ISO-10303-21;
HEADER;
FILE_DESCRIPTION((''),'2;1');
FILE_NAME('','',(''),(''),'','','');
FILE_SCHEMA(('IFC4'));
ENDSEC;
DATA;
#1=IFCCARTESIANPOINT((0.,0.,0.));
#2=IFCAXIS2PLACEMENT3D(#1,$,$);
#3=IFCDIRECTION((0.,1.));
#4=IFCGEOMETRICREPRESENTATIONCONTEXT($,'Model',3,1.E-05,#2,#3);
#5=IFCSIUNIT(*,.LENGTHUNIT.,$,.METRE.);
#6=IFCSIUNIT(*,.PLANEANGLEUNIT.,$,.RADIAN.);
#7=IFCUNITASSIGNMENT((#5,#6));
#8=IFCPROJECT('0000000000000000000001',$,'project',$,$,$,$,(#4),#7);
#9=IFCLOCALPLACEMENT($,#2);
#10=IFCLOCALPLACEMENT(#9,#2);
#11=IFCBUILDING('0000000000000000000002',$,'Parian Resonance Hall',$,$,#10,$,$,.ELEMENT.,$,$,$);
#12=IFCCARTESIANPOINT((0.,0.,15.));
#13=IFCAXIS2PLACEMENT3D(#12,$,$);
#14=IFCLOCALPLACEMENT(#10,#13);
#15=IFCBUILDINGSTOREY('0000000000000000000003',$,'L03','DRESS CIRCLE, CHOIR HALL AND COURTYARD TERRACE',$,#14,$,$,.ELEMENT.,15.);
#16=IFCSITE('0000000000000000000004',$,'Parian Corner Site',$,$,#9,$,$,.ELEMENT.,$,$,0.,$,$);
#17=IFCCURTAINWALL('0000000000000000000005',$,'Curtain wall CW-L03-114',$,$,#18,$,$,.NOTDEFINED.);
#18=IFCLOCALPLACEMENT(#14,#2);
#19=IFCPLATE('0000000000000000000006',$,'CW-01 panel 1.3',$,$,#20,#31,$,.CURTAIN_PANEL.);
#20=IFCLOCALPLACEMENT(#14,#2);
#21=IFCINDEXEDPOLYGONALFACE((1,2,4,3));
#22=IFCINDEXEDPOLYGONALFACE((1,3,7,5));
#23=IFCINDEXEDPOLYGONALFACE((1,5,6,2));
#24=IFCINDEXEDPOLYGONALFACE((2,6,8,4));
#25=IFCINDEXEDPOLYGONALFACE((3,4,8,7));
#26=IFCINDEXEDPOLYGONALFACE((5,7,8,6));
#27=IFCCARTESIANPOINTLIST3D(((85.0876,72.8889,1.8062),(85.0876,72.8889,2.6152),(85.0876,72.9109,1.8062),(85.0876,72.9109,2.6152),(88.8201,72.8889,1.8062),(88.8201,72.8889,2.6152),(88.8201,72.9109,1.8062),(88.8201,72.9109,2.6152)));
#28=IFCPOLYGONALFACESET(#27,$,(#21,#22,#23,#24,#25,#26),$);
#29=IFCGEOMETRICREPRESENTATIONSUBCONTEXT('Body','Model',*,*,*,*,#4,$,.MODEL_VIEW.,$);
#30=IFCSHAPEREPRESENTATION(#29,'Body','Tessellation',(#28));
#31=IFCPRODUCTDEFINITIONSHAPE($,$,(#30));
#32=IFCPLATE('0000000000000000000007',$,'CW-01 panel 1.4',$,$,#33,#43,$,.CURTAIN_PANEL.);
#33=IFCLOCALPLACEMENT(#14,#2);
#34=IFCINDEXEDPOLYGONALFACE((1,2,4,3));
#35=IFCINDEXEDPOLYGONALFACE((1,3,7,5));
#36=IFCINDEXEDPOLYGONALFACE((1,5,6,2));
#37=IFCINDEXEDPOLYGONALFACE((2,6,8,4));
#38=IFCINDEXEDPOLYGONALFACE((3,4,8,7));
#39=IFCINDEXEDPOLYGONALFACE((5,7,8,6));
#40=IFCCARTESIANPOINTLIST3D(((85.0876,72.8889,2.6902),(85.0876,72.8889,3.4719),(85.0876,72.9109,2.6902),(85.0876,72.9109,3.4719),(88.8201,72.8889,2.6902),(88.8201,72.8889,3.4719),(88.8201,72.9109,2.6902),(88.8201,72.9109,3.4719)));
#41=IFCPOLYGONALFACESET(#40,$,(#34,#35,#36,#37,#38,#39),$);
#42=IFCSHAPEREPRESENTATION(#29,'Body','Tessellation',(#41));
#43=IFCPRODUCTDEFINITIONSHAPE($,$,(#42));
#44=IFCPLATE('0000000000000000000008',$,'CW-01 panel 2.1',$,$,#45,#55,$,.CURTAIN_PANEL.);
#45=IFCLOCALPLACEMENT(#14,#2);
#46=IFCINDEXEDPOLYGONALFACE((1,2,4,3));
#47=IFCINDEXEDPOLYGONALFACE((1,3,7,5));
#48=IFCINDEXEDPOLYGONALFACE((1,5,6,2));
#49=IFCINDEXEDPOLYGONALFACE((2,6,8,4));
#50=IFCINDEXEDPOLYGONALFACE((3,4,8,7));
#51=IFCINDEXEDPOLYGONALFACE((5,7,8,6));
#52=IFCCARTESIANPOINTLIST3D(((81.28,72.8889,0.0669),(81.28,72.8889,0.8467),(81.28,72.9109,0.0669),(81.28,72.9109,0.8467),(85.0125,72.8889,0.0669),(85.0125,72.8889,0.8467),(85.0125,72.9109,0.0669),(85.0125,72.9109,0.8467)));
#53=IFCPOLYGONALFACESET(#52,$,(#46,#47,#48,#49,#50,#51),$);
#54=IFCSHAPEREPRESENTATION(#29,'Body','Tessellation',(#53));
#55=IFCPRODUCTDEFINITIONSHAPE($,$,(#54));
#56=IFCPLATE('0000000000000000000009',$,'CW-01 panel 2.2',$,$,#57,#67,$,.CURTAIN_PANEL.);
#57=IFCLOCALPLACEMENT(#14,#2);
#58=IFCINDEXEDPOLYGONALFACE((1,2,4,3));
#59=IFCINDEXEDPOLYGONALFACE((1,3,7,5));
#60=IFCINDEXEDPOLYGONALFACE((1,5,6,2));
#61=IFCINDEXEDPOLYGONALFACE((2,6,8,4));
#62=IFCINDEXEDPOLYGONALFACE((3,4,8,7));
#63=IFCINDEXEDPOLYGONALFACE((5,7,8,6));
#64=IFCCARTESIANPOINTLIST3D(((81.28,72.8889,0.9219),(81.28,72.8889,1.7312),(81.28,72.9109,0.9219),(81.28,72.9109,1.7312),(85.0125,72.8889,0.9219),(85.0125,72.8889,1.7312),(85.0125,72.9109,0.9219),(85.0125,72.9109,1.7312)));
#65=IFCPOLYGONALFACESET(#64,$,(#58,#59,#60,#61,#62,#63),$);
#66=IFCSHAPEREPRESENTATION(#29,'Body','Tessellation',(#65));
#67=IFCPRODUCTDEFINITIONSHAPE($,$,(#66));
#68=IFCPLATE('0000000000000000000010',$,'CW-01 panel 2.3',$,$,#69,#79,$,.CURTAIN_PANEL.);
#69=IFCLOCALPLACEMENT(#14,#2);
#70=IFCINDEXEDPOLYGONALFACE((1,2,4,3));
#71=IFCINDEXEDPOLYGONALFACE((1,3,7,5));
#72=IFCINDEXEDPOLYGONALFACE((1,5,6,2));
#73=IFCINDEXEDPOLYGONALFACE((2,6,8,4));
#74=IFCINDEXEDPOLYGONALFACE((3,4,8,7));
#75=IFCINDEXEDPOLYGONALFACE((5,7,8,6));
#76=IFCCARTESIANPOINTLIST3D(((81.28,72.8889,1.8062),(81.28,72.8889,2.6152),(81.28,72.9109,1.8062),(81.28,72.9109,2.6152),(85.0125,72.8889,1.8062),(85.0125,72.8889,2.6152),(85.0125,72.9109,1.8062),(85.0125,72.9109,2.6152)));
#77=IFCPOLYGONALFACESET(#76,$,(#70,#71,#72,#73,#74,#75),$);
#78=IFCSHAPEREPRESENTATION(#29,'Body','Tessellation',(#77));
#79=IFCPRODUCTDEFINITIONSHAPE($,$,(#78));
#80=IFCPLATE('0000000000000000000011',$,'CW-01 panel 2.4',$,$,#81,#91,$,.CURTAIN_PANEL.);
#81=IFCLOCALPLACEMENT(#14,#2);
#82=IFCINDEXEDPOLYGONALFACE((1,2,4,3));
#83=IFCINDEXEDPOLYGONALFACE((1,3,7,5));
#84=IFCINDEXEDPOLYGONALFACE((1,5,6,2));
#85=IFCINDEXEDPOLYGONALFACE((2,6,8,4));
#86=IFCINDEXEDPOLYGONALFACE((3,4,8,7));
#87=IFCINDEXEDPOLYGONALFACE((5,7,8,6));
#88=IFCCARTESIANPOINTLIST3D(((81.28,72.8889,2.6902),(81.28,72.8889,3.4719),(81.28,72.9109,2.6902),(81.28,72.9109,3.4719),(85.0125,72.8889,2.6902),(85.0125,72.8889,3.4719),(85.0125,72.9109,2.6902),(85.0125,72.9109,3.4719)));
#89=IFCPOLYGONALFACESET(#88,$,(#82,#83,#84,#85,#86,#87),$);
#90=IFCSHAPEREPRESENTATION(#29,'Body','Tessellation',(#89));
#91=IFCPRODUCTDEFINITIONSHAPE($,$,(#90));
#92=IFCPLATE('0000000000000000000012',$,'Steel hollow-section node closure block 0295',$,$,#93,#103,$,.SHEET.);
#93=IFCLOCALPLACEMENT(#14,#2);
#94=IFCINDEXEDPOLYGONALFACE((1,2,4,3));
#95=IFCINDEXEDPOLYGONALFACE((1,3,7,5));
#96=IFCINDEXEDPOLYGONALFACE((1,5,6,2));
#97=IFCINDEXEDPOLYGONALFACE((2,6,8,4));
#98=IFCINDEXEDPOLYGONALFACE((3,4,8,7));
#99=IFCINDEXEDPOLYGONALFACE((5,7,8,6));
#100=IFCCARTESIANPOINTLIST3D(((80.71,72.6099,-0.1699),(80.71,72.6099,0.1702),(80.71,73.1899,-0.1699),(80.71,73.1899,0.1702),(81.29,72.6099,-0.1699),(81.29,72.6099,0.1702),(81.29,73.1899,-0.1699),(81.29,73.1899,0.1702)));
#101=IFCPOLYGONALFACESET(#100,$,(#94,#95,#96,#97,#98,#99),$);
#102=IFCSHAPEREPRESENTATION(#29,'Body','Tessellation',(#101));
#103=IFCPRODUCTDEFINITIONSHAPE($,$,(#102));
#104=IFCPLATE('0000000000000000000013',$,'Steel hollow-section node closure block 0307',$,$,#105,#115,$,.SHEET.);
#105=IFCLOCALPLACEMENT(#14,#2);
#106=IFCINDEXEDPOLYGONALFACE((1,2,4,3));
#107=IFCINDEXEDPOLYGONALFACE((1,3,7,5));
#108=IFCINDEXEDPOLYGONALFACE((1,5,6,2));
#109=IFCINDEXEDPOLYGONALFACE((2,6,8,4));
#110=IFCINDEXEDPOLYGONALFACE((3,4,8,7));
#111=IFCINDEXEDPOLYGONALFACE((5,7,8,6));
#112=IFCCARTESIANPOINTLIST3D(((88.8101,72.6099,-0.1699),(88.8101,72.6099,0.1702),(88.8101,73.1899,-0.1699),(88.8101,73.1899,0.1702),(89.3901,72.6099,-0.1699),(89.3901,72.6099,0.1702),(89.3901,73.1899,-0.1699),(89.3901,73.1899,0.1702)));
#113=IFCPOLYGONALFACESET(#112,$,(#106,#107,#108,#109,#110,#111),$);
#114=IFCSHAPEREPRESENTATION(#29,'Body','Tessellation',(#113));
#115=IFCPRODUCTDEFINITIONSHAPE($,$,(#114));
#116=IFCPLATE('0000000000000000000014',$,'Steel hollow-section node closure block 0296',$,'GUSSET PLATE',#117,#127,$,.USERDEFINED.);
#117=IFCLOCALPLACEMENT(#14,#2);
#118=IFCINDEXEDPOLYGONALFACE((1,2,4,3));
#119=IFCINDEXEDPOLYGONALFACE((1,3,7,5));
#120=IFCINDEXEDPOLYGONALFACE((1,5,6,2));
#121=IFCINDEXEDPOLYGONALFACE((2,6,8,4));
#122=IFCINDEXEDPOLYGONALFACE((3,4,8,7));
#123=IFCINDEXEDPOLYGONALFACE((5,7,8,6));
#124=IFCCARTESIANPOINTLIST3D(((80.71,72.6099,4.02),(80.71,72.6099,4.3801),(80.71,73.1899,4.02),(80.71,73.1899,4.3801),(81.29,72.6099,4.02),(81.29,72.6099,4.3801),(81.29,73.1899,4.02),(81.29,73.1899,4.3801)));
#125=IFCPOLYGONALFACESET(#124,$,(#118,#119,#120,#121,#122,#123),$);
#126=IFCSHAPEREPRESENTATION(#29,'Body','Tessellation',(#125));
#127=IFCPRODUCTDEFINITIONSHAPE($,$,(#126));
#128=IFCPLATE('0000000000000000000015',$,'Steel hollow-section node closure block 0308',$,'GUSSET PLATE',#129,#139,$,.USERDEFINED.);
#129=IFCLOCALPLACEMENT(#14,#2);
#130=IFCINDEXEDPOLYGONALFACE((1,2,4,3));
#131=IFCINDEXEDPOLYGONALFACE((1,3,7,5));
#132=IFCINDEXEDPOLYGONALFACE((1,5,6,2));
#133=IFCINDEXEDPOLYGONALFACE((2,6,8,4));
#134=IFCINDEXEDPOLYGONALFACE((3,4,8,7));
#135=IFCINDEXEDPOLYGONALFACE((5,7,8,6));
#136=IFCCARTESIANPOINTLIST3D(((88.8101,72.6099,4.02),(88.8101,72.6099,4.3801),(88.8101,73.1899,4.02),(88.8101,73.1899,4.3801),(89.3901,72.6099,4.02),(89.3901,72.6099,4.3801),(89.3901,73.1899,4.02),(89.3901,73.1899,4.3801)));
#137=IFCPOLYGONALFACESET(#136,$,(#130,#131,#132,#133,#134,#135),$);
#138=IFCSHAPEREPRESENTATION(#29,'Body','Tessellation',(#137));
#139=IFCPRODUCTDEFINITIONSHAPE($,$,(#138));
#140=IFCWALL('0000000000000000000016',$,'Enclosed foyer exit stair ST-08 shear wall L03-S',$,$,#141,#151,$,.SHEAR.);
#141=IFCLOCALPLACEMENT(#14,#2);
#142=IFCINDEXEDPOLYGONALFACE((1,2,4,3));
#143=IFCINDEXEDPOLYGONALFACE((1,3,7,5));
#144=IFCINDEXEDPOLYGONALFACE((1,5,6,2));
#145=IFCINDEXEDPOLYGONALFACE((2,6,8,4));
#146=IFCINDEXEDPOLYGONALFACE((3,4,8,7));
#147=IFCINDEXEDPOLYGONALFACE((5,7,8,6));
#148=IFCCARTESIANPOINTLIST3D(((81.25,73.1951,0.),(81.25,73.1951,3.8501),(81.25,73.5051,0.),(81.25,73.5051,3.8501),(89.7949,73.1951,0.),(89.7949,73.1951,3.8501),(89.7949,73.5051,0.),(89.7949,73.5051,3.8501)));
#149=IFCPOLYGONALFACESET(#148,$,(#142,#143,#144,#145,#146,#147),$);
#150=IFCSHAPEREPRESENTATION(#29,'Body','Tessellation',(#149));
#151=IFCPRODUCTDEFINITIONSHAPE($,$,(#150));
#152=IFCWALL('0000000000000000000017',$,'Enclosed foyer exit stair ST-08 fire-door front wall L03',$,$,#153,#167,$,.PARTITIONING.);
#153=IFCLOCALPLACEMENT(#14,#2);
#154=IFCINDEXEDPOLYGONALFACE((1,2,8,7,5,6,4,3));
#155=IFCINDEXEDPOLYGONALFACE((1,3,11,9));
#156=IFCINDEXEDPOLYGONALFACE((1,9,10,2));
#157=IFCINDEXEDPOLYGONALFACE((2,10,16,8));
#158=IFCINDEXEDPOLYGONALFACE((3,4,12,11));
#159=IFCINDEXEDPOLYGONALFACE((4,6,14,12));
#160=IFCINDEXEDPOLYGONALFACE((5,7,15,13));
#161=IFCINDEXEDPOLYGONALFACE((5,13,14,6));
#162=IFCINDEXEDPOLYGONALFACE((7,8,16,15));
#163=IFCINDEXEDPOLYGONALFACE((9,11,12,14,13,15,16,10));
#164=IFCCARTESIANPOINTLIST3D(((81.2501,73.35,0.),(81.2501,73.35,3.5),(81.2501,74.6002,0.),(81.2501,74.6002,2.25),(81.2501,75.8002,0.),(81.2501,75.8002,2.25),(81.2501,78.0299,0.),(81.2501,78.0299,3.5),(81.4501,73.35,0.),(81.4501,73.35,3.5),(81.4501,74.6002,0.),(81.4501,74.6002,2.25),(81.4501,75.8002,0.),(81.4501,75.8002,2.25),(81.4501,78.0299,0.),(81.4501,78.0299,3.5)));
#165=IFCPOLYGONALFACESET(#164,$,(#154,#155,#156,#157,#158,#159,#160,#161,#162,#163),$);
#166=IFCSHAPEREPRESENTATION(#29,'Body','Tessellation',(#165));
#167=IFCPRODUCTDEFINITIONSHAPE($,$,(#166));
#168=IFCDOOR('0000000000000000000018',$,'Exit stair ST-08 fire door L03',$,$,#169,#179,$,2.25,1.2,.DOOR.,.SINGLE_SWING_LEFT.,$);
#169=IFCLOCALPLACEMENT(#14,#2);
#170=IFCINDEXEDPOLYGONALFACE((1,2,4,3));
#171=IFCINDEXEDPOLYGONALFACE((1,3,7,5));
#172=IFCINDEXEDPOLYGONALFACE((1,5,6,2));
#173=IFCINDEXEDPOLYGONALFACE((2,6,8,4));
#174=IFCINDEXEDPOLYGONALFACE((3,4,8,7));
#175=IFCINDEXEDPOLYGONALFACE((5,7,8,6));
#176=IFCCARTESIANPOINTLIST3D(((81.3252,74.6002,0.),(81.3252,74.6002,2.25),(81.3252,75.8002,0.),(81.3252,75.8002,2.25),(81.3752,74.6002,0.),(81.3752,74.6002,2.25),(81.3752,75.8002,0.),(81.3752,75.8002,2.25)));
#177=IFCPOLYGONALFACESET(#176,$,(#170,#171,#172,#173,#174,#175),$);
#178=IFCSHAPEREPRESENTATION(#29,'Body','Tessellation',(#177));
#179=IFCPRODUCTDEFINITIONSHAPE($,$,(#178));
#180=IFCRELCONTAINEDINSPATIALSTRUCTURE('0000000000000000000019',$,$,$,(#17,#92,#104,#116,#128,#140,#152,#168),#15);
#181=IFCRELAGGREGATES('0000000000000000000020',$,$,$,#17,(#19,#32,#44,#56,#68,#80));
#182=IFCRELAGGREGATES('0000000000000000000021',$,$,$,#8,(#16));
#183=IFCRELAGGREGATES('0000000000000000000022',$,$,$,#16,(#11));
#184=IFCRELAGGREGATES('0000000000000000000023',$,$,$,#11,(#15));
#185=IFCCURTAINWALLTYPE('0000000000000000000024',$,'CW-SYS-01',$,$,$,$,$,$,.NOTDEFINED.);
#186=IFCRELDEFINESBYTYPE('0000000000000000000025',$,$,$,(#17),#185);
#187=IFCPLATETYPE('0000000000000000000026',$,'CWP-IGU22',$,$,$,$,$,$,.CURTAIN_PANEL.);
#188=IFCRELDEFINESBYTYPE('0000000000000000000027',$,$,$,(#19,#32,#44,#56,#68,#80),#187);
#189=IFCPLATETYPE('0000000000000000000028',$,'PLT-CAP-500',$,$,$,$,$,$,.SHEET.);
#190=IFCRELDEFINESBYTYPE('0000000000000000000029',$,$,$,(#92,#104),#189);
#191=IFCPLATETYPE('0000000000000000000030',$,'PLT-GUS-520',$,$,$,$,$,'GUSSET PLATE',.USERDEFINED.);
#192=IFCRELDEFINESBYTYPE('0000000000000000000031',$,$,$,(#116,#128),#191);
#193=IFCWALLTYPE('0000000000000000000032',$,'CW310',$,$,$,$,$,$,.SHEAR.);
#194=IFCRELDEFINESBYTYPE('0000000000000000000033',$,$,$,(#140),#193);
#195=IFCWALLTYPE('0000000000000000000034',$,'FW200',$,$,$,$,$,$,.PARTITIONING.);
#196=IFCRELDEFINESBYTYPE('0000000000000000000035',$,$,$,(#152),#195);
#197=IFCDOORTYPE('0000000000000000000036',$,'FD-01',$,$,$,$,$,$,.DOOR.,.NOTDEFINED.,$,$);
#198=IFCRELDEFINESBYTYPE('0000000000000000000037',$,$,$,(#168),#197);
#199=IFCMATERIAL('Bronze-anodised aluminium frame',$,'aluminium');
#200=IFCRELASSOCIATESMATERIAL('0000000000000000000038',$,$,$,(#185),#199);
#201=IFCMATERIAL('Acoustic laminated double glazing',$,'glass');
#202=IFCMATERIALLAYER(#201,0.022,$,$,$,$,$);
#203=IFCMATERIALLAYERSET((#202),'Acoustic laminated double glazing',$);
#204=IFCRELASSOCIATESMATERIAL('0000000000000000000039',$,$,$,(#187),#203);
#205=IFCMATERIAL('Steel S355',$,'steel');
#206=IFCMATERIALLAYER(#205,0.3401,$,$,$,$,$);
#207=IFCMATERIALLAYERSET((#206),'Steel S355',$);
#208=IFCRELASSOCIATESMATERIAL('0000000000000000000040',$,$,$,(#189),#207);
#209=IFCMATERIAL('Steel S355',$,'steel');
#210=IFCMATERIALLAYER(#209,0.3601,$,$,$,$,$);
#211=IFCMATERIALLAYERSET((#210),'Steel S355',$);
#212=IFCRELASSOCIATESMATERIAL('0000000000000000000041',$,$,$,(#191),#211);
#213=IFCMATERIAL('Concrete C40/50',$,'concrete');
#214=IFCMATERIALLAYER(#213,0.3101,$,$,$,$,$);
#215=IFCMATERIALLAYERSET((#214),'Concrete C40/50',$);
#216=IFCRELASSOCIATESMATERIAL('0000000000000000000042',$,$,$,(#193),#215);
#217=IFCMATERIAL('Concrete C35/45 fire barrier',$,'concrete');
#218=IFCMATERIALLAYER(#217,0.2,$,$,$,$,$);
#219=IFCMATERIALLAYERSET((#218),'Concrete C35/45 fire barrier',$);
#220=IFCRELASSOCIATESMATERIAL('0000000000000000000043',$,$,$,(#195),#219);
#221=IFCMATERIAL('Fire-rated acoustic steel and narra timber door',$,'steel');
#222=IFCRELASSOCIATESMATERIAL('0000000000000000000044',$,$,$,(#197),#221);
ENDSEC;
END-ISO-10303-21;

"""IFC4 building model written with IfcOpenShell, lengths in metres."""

from ifc_helpers import new_model, si_unit, direction, frame, frame_2d, origin, origin_2d, place, context, subcontext, project, spatial, rectangle, extrude, material, layer, layer_set, type_object, element, fill, aggregate, save


model = new_model("IFC4")

# Units and contexts
model_context = context("Model", 3, precision=1e-05, world=origin(), true_north=direction((0.0, 1.0)))
body_context = subcontext(model_context, "Body", "Model", "MODEL_VIEW")
ifc_project = project(units=[si_unit("LENGTHUNIT", "METRE"), si_unit("PLANEANGLEUNIT", "RADIAN")], contexts=[model_context])

# Site, building, storey
site_placement = place(None, origin())
site = spatial("IfcSite", under=ifc_project, at=site_placement, Name="Parian Corner Site", CompositionType="ELEMENT", RefElevation=0.0)
building_placement = place(site_placement, origin())
building = spatial("IfcBuilding", under=site, at=building_placement, Name="Parian Resonance Hall", CompositionType="ELEMENT")
storey_placement = place(building_placement, frame((0.0, 0.0, 15.0)))
storey = spatial("IfcBuildingStorey", under=building, at=storey_placement, Name="L03", Description="DRESS CIRCLE, CHOIR HALL AND COURTYARD TERRACE", CompositionType="ELEMENT", Elevation=15.0)

# Curtain wall
ifc_material_1 = material(Name="Bronze-anodised aluminium frame", Category="aluminium")
curtain_wall_type_1 = type_object("IfcCurtainWallType", Name="CW-SYS-01", PredefinedType="NOTDEFINED", material=ifc_material_1)
curtain_wall_1_placement = place(storey_placement, origin())
curtain_wall_1 = element("IfcCurtainWall", 1, at=curtain_wall_1_placement, inside=storey, type_object=curtain_wall_type_1, Name="Curtain wall CW-L03-114", PredefinedType="NOTDEFINED")

# Plates
ifc_material_2 = material(Name="Acoustic laminated double glazing", Category="glass")
ifc_layer_1 = layer(ifc_material_2, 0.022)
ifc_layer_set_1 = layer_set([ifc_layer_1], Name="Acoustic laminated double glazing")
plate_type_1 = type_object("IfcPlateType", Name="CWP-IGU22", PredefinedType="CURTAIN_PANEL", material=ifc_layer_set_1)
plate_1_placement = place(storey_placement, frame((86.9539, 72.8999, 1.8062), z_axis=(0.0, 0.0, 1.0), x_axis=(-1.0, 0.0, 0.0)))
plate_1 = element("IfcPlate", 2, at=plate_1_placement, type_object=plate_type_1, Name="CW-01 panel 1.3", PredefinedType="CURTAIN_PANEL", context=body_context, shape_type="SweptSolid", body=[
    extrude(rectangle(XDim=3.7324, YDim=0.022, at=origin_2d()), origin(), (0.0, 0.0, 1.0), 0.8091),
])
plate_2_placement = place(storey_placement, frame((86.9539, 72.8999, 2.6902), z_axis=(0.0, 0.0, 1.0), x_axis=(-1.0, 0.0, 0.0)))
plate_2 = element("IfcPlate", 3, at=plate_2_placement, type_object=plate_type_1, Name="CW-01 panel 1.4", PredefinedType="CURTAIN_PANEL", context=body_context, shape_type="SweptSolid", body=[
    extrude(rectangle(XDim=3.7324, YDim=0.022, at=origin_2d()), origin(), (0.0, 0.0, 1.0), 0.7817),
])
plate_3_placement = place(storey_placement, frame((83.1462, 72.8999, 0.0669), z_axis=(0.0, 0.0, 1.0), x_axis=(-1.0, 0.0, 0.0)))
plate_3 = element("IfcPlate", 4, at=plate_3_placement, type_object=plate_type_1, Name="CW-01 panel 2.1", PredefinedType="CURTAIN_PANEL", context=body_context, shape_type="SweptSolid", body=[
    extrude(rectangle(XDim=3.7324, YDim=0.022, at=origin_2d()), origin(), (0.0, 0.0, 1.0), 0.7798),
])
plate_4_placement = place(storey_placement, frame((83.1462, 72.8999, 0.9219), z_axis=(0.0, 0.0, 1.0), x_axis=(-1.0, 0.0, 0.0)))
plate_4 = element("IfcPlate", 5, at=plate_4_placement, type_object=plate_type_1, Name="CW-01 panel 2.2", PredefinedType="CURTAIN_PANEL", context=body_context, shape_type="SweptSolid", body=[
    extrude(rectangle(XDim=3.7324, YDim=0.022, at=origin_2d()), origin(), (0.0, 0.0, 1.0), 0.8093),
])
plate_5_placement = place(storey_placement, frame((83.1462, 72.8999, 1.8062), z_axis=(0.0, 0.0, 1.0), x_axis=(-1.0, 0.0, 0.0)))
plate_5 = element("IfcPlate", 6, at=plate_5_placement, type_object=plate_type_1, Name="CW-01 panel 2.3", PredefinedType="CURTAIN_PANEL", context=body_context, shape_type="SweptSolid", body=[
    extrude(rectangle(XDim=3.7324, YDim=0.022, at=origin_2d()), origin(), (0.0, 0.0, 1.0), 0.8091),
])
plate_6_placement = place(storey_placement, frame((83.1462, 72.8999, 2.6902), z_axis=(0.0, 0.0, 1.0), x_axis=(-1.0, 0.0, 0.0)))
plate_6 = element("IfcPlate", 7, at=plate_6_placement, type_object=plate_type_1, Name="CW-01 panel 2.4", PredefinedType="CURTAIN_PANEL", context=body_context, shape_type="SweptSolid", body=[
    extrude(rectangle(XDim=3.7324, YDim=0.022, at=origin_2d()), origin(), (0.0, 0.0, 1.0), 0.7817),
])
aggregate(curtain_wall_1, [plate_1, plate_2, plate_3, plate_4, plate_5, plate_6])

# Plates
ifc_material_3 = material(Name="Steel S355", Category="steel")
ifc_layer_2 = layer(ifc_material_3, 0.3401)
ifc_layer_set_2 = layer_set([ifc_layer_2], Name="Steel S355")
plate_type_2 = type_object("IfcPlateType", Name="PLT-CAP-500", PredefinedType="SHEET", material=ifc_layer_set_2)
for number, where, z_axis, x_axis, name in (
    (8, (81.0, 72.8999, -0.1699), (0.0, 0.0, 1.0), (1.0, 0.0, 0.0), "Steel hollow-section node closure block 0295"),
    (9, (89.1001, 72.8999, -0.1699), (0.0, 0.0, 1.0), (1.0, 0.0, 0.0), "Steel hollow-section node closure block 0307"),
):
    element("IfcPlate", number, at=place(storey_placement, frame(where, z_axis=z_axis, x_axis=x_axis)), inside=storey, type_object=plate_type_2, Name=name, PredefinedType="SHEET", context=body_context, shape_type="SweptSolid", body=[
        extrude(rectangle(XDim=0.5801, YDim=0.5801, at=origin_2d()), origin(), (0.0, 0.0, 1.0), 0.3401),
    ])
ifc_material_4 = material(Name="Steel S355", Category="steel")
ifc_layer_3 = layer(ifc_material_4, 0.3601)
ifc_layer_set_3 = layer_set([ifc_layer_3], Name="Steel S355")
plate_type_3 = type_object("IfcPlateType", Name="PLT-GUS-520", ElementType="GUSSET PLATE", PredefinedType="USERDEFINED", material=ifc_layer_set_3)
for number, where, z_axis, x_axis, name in (
    (10, (81.0, 72.8999, 4.02), (0.0, 0.0, 1.0), (1.0, 0.0, 0.0), "Steel hollow-section node closure block 0296"),
    (11, (89.1001, 72.8999, 4.02), (0.0, 0.0, 1.0), (1.0, 0.0, 0.0), "Steel hollow-section node closure block 0308"),
):
    element("IfcPlate", number, at=place(storey_placement, frame(where, z_axis=z_axis, x_axis=x_axis)), inside=storey, type_object=plate_type_3, Name=name, ObjectType="GUSSET PLATE", PredefinedType="USERDEFINED", context=body_context, shape_type="SweptSolid", body=[
        extrude(rectangle(XDim=0.5801, YDim=0.5801, at=origin_2d()), origin(), (0.0, 0.0, 1.0), 0.3601),
    ])

# Wall
ifc_material_5 = material(Name="Concrete C40/50", Category="concrete")
ifc_layer_4 = layer(ifc_material_5, 0.3101)
ifc_layer_set_4 = layer_set([ifc_layer_4], Name="Concrete C40/50")
wall_type_1 = type_object("IfcWallType", Name="CW310", PredefinedType="SHEAR", material=ifc_layer_set_4)
wall_1_placement = place(storey_placement, frame((81.25, 73.3501, 0.0), z_axis=(0.0, 0.0, 1.0), x_axis=(1.0, 0.0, 0.0)))
element("IfcWall", 12, at=wall_1_placement, inside=storey, type_object=wall_type_1, Name="Enclosed foyer exit stair ST-08 shear wall L03-S", PredefinedType="SHEAR", context=body_context, shape_type="SweptSolid", body=[
    extrude(rectangle(XDim=8.5449, YDim=0.3101, at=frame_2d((4.2725, 0.0))), origin(), (0.0, 0.0, 1.0), 3.8501),
])

# Wall, opening, door
ifc_material_6 = material(Name="Concrete C35/45 fire barrier", Category="concrete")
ifc_layer_5 = layer(ifc_material_6, 0.2)
ifc_layer_set_5 = layer_set([ifc_layer_5], Name="Concrete C35/45 fire barrier")
wall_type_2 = type_object("IfcWallType", Name="FW200", PredefinedType="PARTITIONING", material=ifc_layer_set_5)
wall_2_placement = place(storey_placement, frame((81.3501, 73.3501, 0.0), z_axis=(0.0, 0.0, 1.0), x_axis=(0.0, 1.0, 0.0)))
wall_2 = element("IfcWall", 13, at=wall_2_placement, inside=storey, type_object=wall_type_2, Name="Enclosed foyer exit stair ST-08 fire-door front wall L03", PredefinedType="PARTITIONING", context=body_context, shape_type="SweptSolid", body=[
    extrude(rectangle(XDim=4.6799, YDim=0.2, at=frame_2d((2.3398, 0.0))), origin(), (0.0, 0.0, 1.0), 3.5),
])
opening_placement = place(wall_2_placement, frame((1.25, 0.0, 0.0)))
opening = element("IfcOpeningElement", 14, at=opening_placement, cuts=wall_2, PredefinedType="OPENING", context=body_context, shape_type="SweptSolid", body=[
    extrude(rectangle(XDim=1.2, YDim=2.25, at=frame_2d((0.6001, 1.125))), frame((0.0, 0.1099, 0.0), z_axis=(0.0, -1.0, 0.0), x_axis=(1.0, 0.0, 0.0)), (0.0, 0.0, 1.0), 0.22),
])
ifc_material_7 = material(Name="Fire-rated acoustic steel and narra timber door", Category="steel")
door_type = type_object("IfcDoorType", Name="FD-01", OperationType="NOTDEFINED", PredefinedType="DOOR", material=ifc_material_7)
door_placement = place(opening_placement, origin())
door = element("IfcDoor", 15, at=door_placement, inside=storey, type_object=door_type, Name="Exit stair ST-08 fire door L03", OperationType="SINGLE_SWING_LEFT", OverallHeight=2.25, OverallWidth=1.2, PredefinedType="DOOR", context=body_context, shape_type="SweptSolid", body=[
    extrude(rectangle(XDim=1.2, YDim=2.25, at=frame_2d((0.6001, 1.125))), frame((0.0, 0.0249, 0.0), z_axis=(0.0, -1.0, 0.0), x_axis=(1.0, 0.0, 0.0)), (0.0, 0.0, 1.0), 0.05),
])
fill(opening, door)

save(model, "model.ifc")
